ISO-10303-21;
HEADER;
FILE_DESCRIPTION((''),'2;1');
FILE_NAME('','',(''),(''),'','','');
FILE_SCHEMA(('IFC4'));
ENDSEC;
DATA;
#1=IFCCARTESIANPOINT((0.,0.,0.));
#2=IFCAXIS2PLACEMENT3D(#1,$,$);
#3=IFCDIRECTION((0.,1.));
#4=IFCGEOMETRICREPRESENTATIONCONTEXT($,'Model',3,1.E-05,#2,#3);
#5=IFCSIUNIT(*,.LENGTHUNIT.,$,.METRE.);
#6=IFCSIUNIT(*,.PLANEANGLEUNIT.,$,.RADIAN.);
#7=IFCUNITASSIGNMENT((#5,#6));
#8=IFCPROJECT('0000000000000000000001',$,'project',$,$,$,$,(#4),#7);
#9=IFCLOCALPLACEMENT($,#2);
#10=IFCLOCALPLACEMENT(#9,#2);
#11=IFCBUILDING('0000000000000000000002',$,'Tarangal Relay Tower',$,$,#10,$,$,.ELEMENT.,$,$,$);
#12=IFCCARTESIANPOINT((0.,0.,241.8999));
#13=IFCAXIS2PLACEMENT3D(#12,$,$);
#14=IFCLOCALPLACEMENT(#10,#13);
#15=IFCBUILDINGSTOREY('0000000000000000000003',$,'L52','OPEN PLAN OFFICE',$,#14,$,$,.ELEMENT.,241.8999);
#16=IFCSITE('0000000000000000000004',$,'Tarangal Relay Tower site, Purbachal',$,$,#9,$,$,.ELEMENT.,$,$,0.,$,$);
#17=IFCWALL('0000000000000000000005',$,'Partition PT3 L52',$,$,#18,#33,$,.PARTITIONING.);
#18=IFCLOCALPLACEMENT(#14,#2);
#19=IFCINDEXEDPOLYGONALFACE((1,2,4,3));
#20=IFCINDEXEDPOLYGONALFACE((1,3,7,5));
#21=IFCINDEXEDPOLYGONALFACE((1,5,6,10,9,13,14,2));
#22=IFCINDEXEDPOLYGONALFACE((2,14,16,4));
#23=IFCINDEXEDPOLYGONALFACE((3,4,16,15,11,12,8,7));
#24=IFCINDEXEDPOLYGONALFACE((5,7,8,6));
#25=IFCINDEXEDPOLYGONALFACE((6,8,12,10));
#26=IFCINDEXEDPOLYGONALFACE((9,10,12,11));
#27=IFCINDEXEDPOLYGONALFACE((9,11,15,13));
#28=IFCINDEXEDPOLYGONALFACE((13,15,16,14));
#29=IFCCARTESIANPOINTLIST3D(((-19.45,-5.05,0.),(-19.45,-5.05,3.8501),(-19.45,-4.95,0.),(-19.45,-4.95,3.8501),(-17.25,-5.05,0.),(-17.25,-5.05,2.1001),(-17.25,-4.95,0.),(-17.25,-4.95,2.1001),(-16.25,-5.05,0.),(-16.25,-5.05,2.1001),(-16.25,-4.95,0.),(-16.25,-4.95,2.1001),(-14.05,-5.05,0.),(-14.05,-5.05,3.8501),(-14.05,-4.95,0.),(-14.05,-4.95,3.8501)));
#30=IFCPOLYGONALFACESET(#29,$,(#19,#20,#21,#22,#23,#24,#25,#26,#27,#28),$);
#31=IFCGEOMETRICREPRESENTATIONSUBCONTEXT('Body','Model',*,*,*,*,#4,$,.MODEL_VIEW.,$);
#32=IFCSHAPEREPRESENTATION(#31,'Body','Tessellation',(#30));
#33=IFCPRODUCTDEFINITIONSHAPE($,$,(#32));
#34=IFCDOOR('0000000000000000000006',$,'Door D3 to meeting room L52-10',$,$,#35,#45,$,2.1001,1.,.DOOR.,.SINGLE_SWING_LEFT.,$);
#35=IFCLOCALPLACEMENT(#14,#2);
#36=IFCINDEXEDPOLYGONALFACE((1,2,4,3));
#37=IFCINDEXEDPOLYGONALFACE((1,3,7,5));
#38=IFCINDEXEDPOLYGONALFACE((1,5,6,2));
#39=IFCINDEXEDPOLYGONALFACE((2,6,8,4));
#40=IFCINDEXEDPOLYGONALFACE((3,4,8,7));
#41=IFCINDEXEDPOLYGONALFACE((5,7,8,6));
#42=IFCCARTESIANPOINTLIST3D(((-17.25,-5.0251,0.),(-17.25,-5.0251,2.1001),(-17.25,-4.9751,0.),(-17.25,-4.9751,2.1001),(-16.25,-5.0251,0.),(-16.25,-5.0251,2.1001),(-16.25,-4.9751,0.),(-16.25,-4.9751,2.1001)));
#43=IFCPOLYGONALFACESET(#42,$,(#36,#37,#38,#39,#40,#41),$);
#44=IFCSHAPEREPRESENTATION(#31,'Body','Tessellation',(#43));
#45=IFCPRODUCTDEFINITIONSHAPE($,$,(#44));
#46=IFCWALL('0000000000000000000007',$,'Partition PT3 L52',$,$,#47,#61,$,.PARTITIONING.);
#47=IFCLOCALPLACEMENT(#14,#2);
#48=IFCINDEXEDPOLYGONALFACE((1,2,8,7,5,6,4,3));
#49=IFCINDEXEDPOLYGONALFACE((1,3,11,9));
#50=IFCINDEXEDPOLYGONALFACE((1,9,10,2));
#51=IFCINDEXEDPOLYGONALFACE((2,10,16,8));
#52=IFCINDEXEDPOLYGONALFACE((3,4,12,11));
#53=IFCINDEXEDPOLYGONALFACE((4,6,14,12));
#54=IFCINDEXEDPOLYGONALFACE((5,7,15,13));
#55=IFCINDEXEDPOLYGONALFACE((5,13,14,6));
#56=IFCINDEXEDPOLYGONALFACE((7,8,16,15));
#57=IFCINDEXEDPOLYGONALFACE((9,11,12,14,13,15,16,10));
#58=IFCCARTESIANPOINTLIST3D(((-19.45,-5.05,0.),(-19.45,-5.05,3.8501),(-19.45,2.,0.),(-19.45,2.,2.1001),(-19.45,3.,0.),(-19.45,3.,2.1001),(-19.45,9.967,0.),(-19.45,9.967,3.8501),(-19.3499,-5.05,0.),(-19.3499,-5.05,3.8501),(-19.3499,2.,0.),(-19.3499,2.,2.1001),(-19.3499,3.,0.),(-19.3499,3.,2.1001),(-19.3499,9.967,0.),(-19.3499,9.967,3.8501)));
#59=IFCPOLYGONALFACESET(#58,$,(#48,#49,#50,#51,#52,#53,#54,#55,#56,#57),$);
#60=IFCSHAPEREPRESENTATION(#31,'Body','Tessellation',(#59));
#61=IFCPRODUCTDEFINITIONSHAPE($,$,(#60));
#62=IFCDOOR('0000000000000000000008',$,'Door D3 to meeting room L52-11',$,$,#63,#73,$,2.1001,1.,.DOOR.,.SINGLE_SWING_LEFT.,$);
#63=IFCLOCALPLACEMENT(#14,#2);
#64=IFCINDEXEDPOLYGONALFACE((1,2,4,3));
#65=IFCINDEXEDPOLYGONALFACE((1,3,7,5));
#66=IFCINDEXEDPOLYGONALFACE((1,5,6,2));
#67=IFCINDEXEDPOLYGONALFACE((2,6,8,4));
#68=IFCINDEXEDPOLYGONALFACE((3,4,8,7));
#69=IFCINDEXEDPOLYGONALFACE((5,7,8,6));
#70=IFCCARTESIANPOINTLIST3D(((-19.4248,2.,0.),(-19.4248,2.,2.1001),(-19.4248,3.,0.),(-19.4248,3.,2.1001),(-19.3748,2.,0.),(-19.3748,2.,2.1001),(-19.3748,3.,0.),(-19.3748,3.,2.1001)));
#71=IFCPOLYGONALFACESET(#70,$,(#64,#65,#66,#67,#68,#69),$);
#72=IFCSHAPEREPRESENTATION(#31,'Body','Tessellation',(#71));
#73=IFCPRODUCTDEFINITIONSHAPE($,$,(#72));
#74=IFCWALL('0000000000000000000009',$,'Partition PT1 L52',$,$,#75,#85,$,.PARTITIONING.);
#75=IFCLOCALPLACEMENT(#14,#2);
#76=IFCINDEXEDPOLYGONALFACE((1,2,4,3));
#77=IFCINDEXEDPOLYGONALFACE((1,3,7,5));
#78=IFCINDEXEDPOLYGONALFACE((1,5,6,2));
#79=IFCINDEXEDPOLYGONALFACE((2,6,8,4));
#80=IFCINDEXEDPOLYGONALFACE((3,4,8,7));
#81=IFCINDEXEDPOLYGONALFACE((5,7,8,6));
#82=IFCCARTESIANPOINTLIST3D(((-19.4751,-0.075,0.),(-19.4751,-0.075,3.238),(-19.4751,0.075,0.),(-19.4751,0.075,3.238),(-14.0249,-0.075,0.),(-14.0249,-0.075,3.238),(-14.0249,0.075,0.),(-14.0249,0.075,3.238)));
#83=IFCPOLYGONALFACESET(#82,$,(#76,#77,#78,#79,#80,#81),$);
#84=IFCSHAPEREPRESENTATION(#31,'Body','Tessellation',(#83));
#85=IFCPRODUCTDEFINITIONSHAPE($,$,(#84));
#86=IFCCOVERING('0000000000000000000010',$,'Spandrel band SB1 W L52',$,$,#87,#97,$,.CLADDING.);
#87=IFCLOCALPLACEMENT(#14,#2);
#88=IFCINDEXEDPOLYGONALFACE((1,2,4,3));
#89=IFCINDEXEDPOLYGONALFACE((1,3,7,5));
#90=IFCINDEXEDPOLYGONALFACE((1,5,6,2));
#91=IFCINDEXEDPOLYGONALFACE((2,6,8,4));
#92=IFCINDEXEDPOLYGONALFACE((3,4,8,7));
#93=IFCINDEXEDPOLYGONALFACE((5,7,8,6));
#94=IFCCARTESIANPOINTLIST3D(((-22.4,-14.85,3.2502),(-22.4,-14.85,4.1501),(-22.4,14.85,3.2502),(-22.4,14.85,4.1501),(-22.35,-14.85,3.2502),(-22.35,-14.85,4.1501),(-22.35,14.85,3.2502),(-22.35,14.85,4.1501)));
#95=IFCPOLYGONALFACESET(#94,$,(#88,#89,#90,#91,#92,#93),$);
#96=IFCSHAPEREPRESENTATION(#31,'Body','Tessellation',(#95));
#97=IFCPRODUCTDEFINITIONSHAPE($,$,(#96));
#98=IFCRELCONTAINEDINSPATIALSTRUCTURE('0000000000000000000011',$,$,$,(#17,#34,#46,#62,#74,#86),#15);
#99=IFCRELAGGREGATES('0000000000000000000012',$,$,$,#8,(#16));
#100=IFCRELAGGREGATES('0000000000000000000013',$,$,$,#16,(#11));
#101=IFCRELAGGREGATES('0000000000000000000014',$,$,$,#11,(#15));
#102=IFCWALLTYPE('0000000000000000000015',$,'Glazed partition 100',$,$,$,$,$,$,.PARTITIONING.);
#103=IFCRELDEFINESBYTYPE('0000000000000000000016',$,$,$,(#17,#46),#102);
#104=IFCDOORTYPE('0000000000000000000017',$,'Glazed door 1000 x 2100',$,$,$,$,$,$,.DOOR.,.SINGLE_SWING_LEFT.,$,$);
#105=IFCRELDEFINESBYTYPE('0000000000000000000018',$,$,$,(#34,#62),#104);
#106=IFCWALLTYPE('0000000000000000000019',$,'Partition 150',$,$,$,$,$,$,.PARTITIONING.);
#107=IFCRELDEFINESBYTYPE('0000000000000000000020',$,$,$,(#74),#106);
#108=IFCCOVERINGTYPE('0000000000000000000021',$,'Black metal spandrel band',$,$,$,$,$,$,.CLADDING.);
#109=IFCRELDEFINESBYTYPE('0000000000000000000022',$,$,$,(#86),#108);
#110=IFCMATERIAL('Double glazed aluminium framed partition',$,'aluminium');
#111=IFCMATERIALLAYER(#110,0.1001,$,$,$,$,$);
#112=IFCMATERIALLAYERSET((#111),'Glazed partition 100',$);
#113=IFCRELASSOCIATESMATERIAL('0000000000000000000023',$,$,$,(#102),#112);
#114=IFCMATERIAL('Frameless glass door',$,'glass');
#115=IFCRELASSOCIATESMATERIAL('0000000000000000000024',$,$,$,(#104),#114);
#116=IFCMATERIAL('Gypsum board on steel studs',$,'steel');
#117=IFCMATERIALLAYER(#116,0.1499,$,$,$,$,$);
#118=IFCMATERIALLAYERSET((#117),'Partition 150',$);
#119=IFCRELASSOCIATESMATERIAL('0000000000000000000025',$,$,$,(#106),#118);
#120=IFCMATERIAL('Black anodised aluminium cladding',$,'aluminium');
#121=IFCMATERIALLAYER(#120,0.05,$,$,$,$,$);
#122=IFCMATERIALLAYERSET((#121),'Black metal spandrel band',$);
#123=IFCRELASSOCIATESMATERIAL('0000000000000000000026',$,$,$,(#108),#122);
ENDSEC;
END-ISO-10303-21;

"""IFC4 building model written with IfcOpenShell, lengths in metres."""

from ifc_helpers import new_model, si_unit, direction, frame, frame_2d, origin, origin_2d, place, context, subcontext, project, spatial, rectangle, extrude, material, layer, layer_set, type_object, element, fill, save


model = new_model("IFC4")

# Units and contexts
model_context = context("Model", 3, precision=1e-05, world=origin(), true_north=direction((0.0, 1.0)))
body_context = subcontext(model_context, "Body", "Model", "MODEL_VIEW")
ifc_project = project(units=[si_unit("LENGTHUNIT", "METRE"), si_unit("PLANEANGLEUNIT", "RADIAN")], contexts=[model_context])

# Site, building, storey
site_placement = place(None, origin())
site = spatial("IfcSite", under=ifc_project, at=site_placement, Name="Tarangal Relay Tower site, Purbachal", CompositionType="ELEMENT", RefElevation=0.0)
building_placement = place(site_placement, origin())
building = spatial("IfcBuilding", under=site, at=building_placement, Name="Tarangal Relay Tower", CompositionType="ELEMENT")
storey_placement = place(building_placement, frame((0.0, 0.0, 241.8999)))
storey = spatial("IfcBuildingStorey", under=building, at=storey_placement, Name="L52", Description="OPEN PLAN OFFICE", CompositionType="ELEMENT", Elevation=241.8999)

# Walls, openings, doors
ifc_material_1 = material(Name="Double glazed aluminium framed partition", Category="aluminium")
ifc_layer_1 = layer(ifc_material_1, 0.1001)
ifc_layer_set_1 = layer_set([ifc_layer_1], Name="Glazed partition 100")
wall_type_1 = type_object("IfcWallType", Name="Glazed partition 100", PredefinedType="PARTITIONING", material=ifc_layer_set_1)
wall_1_placement = place(storey_placement, frame((-19.45, -5.0, 0.0), z_axis=(0.0, 0.0, 1.0), x_axis=(1.0, 0.0, 0.0)))
wall_1 = element("IfcWall", 1, at=wall_1_placement, inside=storey, type_object=wall_type_1, Name="Partition PT3 L52", PredefinedType="PARTITIONING", context=body_context, shape_type="SweptSolid", body=[
    extrude(rectangle(XDim=5.3999, YDim=0.1001, at=frame_2d((2.7, 0.0))), origin(), (0.0, 0.0, 1.0), 3.8501),
])
opening_1_placement = place(wall_1_placement, frame((2.2, 0.0, 0.0)))
opening_1 = element("IfcOpeningElement", 2, at=opening_1_placement, cuts=wall_1, PredefinedType="OPENING", context=body_context, shape_type="SweptSolid", body=[
    extrude(rectangle(XDim=1.0, YDim=2.1001, at=frame_2d((0.5, 1.05))), frame((0.0, 0.0601, 0.0), z_axis=(0.0, -1.0, 0.0), x_axis=(1.0, 0.0, 0.0)), (0.0, 0.0, 1.0), 0.1201),
])
ifc_material_2 = material(Name="Frameless glass door", Category="glass")
door_type = type_object("IfcDoorType", Name="Glazed door 1000 x 2100", OperationType="SINGLE_SWING_LEFT", PredefinedType="DOOR", material=ifc_material_2)
door_1_placement = place(opening_1_placement, origin())
door_1 = element("IfcDoor", 3, at=door_1_placement, inside=storey, type_object=door_type, Name="Door D3 to meeting room L52-10", OperationType="SINGLE_SWING_LEFT", OverallHeight=2.1001, OverallWidth=1.0, PredefinedType="DOOR", context=body_context, shape_type="SweptSolid", body=[
    extrude(rectangle(XDim=1.0, YDim=2.1001, at=frame_2d((0.5, 1.05))), frame((0.0, 0.0249, 0.0), z_axis=(0.0, -1.0, 0.0), x_axis=(1.0, 0.0, 0.0)), (0.0, 0.0, 1.0), 0.05),
])
fill(opening_1, door_1)
wall_2_placement = place(storey_placement, frame((-19.3999, -5.05, 0.0), z_axis=(0.0, 0.0, 1.0), x_axis=(0.0, 1.0, 0.0)))
wall_2 = element("IfcWall", 4, at=wall_2_placement, inside=storey, type_object=wall_type_1, Name="Partition PT3 L52", PredefinedType="PARTITIONING", context=body_context, shape_type="SweptSolid", body=[
    extrude(rectangle(XDim=15.0171, YDim=0.1001, at=frame_2d((7.5085, 0.0))), origin(), (0.0, 0.0, 1.0), 3.8501),
])
opening_2_placement = place(wall_2_placement, frame((7.05, 0.0, 0.0)))
opening_2 = element("IfcOpeningElement", 5, at=opening_2_placement, cuts=wall_2, PredefinedType="OPENING", context=body_context, shape_type="SweptSolid", body=[
    extrude(rectangle(XDim=1.0, YDim=2.1001, at=frame_2d((0.5, 1.05))), frame((0.0, 0.0601, 0.0), z_axis=(0.0, -1.0, 0.0), x_axis=(1.0, 0.0, 0.0)), (0.0, 0.0, 1.0), 0.1201),
])
door_2_placement = place(opening_2_placement, origin())
door_2 = element("IfcDoor", 6, at=door_2_placement, inside=storey, type_object=door_type, Name="Door D3 to meeting room L52-11", OperationType="SINGLE_SWING_LEFT", OverallHeight=2.1001, OverallWidth=1.0, PredefinedType="DOOR", context=body_context, shape_type="SweptSolid", body=[
    extrude(rectangle(XDim=1.0, YDim=2.1001, at=frame_2d((0.5, 1.05))), frame((0.0, 0.0249, 0.0), z_axis=(0.0, -1.0, 0.0), x_axis=(1.0, 0.0, 0.0)), (0.0, 0.0, 1.0), 0.05),
])
fill(opening_2, door_2)

# Wall
ifc_material_3 = material(Name="Gypsum board on steel studs", Category="steel")
ifc_layer_2 = layer(ifc_material_3, 0.1499)
ifc_layer_set_2 = layer_set([ifc_layer_2], Name="Partition 150")
wall_type_2 = type_object("IfcWallType", Name="Partition 150", PredefinedType="PARTITIONING", material=ifc_layer_set_2)
wall_3_placement = place(storey_placement, frame((-19.4751, 0.0, 0.0), z_axis=(0.0, 0.0, 1.0), x_axis=(1.0, 0.0, 0.0)))
element("IfcWall", 7, at=wall_3_placement, inside=storey, type_object=wall_type_2, Name="Partition PT1 L52", PredefinedType="PARTITIONING", context=body_context, shape_type="SweptSolid", body=[
    extrude(rectangle(XDim=5.4502, YDim=0.1499, at=frame_2d((2.7251, 0.0))), origin(), (0.0, 0.0, 1.0), 3.238),
])

# Covering
ifc_material_4 = material(Name="Black anodised aluminium cladding", Category="aluminium")
ifc_layer_3 = layer(ifc_material_4, 0.05)
ifc_layer_set_3 = layer_set([ifc_layer_3], Name="Black metal spandrel band")
covering_type = type_object("IfcCoveringType", Name="Black metal spandrel band", PredefinedType="CLADDING", material=ifc_layer_set_3)
covering_placement = place(storey_placement, frame((-22.375, 0.0, 3.2502), z_axis=(0.0, 0.0, 1.0), x_axis=(0.0, 1.0, 0.0)))
element("IfcCovering", 8, at=covering_placement, inside=storey, type_object=covering_type, Name="Spandrel band SB1 W L52", PredefinedType="CLADDING", context=body_context, shape_type="SweptSolid", body=[
    extrude(rectangle(XDim=29.7, YDim=0.05, at=origin_2d()), origin(), (0.0, 0.0, 1.0), 0.8999),
])

save(model, "model.ifc")
